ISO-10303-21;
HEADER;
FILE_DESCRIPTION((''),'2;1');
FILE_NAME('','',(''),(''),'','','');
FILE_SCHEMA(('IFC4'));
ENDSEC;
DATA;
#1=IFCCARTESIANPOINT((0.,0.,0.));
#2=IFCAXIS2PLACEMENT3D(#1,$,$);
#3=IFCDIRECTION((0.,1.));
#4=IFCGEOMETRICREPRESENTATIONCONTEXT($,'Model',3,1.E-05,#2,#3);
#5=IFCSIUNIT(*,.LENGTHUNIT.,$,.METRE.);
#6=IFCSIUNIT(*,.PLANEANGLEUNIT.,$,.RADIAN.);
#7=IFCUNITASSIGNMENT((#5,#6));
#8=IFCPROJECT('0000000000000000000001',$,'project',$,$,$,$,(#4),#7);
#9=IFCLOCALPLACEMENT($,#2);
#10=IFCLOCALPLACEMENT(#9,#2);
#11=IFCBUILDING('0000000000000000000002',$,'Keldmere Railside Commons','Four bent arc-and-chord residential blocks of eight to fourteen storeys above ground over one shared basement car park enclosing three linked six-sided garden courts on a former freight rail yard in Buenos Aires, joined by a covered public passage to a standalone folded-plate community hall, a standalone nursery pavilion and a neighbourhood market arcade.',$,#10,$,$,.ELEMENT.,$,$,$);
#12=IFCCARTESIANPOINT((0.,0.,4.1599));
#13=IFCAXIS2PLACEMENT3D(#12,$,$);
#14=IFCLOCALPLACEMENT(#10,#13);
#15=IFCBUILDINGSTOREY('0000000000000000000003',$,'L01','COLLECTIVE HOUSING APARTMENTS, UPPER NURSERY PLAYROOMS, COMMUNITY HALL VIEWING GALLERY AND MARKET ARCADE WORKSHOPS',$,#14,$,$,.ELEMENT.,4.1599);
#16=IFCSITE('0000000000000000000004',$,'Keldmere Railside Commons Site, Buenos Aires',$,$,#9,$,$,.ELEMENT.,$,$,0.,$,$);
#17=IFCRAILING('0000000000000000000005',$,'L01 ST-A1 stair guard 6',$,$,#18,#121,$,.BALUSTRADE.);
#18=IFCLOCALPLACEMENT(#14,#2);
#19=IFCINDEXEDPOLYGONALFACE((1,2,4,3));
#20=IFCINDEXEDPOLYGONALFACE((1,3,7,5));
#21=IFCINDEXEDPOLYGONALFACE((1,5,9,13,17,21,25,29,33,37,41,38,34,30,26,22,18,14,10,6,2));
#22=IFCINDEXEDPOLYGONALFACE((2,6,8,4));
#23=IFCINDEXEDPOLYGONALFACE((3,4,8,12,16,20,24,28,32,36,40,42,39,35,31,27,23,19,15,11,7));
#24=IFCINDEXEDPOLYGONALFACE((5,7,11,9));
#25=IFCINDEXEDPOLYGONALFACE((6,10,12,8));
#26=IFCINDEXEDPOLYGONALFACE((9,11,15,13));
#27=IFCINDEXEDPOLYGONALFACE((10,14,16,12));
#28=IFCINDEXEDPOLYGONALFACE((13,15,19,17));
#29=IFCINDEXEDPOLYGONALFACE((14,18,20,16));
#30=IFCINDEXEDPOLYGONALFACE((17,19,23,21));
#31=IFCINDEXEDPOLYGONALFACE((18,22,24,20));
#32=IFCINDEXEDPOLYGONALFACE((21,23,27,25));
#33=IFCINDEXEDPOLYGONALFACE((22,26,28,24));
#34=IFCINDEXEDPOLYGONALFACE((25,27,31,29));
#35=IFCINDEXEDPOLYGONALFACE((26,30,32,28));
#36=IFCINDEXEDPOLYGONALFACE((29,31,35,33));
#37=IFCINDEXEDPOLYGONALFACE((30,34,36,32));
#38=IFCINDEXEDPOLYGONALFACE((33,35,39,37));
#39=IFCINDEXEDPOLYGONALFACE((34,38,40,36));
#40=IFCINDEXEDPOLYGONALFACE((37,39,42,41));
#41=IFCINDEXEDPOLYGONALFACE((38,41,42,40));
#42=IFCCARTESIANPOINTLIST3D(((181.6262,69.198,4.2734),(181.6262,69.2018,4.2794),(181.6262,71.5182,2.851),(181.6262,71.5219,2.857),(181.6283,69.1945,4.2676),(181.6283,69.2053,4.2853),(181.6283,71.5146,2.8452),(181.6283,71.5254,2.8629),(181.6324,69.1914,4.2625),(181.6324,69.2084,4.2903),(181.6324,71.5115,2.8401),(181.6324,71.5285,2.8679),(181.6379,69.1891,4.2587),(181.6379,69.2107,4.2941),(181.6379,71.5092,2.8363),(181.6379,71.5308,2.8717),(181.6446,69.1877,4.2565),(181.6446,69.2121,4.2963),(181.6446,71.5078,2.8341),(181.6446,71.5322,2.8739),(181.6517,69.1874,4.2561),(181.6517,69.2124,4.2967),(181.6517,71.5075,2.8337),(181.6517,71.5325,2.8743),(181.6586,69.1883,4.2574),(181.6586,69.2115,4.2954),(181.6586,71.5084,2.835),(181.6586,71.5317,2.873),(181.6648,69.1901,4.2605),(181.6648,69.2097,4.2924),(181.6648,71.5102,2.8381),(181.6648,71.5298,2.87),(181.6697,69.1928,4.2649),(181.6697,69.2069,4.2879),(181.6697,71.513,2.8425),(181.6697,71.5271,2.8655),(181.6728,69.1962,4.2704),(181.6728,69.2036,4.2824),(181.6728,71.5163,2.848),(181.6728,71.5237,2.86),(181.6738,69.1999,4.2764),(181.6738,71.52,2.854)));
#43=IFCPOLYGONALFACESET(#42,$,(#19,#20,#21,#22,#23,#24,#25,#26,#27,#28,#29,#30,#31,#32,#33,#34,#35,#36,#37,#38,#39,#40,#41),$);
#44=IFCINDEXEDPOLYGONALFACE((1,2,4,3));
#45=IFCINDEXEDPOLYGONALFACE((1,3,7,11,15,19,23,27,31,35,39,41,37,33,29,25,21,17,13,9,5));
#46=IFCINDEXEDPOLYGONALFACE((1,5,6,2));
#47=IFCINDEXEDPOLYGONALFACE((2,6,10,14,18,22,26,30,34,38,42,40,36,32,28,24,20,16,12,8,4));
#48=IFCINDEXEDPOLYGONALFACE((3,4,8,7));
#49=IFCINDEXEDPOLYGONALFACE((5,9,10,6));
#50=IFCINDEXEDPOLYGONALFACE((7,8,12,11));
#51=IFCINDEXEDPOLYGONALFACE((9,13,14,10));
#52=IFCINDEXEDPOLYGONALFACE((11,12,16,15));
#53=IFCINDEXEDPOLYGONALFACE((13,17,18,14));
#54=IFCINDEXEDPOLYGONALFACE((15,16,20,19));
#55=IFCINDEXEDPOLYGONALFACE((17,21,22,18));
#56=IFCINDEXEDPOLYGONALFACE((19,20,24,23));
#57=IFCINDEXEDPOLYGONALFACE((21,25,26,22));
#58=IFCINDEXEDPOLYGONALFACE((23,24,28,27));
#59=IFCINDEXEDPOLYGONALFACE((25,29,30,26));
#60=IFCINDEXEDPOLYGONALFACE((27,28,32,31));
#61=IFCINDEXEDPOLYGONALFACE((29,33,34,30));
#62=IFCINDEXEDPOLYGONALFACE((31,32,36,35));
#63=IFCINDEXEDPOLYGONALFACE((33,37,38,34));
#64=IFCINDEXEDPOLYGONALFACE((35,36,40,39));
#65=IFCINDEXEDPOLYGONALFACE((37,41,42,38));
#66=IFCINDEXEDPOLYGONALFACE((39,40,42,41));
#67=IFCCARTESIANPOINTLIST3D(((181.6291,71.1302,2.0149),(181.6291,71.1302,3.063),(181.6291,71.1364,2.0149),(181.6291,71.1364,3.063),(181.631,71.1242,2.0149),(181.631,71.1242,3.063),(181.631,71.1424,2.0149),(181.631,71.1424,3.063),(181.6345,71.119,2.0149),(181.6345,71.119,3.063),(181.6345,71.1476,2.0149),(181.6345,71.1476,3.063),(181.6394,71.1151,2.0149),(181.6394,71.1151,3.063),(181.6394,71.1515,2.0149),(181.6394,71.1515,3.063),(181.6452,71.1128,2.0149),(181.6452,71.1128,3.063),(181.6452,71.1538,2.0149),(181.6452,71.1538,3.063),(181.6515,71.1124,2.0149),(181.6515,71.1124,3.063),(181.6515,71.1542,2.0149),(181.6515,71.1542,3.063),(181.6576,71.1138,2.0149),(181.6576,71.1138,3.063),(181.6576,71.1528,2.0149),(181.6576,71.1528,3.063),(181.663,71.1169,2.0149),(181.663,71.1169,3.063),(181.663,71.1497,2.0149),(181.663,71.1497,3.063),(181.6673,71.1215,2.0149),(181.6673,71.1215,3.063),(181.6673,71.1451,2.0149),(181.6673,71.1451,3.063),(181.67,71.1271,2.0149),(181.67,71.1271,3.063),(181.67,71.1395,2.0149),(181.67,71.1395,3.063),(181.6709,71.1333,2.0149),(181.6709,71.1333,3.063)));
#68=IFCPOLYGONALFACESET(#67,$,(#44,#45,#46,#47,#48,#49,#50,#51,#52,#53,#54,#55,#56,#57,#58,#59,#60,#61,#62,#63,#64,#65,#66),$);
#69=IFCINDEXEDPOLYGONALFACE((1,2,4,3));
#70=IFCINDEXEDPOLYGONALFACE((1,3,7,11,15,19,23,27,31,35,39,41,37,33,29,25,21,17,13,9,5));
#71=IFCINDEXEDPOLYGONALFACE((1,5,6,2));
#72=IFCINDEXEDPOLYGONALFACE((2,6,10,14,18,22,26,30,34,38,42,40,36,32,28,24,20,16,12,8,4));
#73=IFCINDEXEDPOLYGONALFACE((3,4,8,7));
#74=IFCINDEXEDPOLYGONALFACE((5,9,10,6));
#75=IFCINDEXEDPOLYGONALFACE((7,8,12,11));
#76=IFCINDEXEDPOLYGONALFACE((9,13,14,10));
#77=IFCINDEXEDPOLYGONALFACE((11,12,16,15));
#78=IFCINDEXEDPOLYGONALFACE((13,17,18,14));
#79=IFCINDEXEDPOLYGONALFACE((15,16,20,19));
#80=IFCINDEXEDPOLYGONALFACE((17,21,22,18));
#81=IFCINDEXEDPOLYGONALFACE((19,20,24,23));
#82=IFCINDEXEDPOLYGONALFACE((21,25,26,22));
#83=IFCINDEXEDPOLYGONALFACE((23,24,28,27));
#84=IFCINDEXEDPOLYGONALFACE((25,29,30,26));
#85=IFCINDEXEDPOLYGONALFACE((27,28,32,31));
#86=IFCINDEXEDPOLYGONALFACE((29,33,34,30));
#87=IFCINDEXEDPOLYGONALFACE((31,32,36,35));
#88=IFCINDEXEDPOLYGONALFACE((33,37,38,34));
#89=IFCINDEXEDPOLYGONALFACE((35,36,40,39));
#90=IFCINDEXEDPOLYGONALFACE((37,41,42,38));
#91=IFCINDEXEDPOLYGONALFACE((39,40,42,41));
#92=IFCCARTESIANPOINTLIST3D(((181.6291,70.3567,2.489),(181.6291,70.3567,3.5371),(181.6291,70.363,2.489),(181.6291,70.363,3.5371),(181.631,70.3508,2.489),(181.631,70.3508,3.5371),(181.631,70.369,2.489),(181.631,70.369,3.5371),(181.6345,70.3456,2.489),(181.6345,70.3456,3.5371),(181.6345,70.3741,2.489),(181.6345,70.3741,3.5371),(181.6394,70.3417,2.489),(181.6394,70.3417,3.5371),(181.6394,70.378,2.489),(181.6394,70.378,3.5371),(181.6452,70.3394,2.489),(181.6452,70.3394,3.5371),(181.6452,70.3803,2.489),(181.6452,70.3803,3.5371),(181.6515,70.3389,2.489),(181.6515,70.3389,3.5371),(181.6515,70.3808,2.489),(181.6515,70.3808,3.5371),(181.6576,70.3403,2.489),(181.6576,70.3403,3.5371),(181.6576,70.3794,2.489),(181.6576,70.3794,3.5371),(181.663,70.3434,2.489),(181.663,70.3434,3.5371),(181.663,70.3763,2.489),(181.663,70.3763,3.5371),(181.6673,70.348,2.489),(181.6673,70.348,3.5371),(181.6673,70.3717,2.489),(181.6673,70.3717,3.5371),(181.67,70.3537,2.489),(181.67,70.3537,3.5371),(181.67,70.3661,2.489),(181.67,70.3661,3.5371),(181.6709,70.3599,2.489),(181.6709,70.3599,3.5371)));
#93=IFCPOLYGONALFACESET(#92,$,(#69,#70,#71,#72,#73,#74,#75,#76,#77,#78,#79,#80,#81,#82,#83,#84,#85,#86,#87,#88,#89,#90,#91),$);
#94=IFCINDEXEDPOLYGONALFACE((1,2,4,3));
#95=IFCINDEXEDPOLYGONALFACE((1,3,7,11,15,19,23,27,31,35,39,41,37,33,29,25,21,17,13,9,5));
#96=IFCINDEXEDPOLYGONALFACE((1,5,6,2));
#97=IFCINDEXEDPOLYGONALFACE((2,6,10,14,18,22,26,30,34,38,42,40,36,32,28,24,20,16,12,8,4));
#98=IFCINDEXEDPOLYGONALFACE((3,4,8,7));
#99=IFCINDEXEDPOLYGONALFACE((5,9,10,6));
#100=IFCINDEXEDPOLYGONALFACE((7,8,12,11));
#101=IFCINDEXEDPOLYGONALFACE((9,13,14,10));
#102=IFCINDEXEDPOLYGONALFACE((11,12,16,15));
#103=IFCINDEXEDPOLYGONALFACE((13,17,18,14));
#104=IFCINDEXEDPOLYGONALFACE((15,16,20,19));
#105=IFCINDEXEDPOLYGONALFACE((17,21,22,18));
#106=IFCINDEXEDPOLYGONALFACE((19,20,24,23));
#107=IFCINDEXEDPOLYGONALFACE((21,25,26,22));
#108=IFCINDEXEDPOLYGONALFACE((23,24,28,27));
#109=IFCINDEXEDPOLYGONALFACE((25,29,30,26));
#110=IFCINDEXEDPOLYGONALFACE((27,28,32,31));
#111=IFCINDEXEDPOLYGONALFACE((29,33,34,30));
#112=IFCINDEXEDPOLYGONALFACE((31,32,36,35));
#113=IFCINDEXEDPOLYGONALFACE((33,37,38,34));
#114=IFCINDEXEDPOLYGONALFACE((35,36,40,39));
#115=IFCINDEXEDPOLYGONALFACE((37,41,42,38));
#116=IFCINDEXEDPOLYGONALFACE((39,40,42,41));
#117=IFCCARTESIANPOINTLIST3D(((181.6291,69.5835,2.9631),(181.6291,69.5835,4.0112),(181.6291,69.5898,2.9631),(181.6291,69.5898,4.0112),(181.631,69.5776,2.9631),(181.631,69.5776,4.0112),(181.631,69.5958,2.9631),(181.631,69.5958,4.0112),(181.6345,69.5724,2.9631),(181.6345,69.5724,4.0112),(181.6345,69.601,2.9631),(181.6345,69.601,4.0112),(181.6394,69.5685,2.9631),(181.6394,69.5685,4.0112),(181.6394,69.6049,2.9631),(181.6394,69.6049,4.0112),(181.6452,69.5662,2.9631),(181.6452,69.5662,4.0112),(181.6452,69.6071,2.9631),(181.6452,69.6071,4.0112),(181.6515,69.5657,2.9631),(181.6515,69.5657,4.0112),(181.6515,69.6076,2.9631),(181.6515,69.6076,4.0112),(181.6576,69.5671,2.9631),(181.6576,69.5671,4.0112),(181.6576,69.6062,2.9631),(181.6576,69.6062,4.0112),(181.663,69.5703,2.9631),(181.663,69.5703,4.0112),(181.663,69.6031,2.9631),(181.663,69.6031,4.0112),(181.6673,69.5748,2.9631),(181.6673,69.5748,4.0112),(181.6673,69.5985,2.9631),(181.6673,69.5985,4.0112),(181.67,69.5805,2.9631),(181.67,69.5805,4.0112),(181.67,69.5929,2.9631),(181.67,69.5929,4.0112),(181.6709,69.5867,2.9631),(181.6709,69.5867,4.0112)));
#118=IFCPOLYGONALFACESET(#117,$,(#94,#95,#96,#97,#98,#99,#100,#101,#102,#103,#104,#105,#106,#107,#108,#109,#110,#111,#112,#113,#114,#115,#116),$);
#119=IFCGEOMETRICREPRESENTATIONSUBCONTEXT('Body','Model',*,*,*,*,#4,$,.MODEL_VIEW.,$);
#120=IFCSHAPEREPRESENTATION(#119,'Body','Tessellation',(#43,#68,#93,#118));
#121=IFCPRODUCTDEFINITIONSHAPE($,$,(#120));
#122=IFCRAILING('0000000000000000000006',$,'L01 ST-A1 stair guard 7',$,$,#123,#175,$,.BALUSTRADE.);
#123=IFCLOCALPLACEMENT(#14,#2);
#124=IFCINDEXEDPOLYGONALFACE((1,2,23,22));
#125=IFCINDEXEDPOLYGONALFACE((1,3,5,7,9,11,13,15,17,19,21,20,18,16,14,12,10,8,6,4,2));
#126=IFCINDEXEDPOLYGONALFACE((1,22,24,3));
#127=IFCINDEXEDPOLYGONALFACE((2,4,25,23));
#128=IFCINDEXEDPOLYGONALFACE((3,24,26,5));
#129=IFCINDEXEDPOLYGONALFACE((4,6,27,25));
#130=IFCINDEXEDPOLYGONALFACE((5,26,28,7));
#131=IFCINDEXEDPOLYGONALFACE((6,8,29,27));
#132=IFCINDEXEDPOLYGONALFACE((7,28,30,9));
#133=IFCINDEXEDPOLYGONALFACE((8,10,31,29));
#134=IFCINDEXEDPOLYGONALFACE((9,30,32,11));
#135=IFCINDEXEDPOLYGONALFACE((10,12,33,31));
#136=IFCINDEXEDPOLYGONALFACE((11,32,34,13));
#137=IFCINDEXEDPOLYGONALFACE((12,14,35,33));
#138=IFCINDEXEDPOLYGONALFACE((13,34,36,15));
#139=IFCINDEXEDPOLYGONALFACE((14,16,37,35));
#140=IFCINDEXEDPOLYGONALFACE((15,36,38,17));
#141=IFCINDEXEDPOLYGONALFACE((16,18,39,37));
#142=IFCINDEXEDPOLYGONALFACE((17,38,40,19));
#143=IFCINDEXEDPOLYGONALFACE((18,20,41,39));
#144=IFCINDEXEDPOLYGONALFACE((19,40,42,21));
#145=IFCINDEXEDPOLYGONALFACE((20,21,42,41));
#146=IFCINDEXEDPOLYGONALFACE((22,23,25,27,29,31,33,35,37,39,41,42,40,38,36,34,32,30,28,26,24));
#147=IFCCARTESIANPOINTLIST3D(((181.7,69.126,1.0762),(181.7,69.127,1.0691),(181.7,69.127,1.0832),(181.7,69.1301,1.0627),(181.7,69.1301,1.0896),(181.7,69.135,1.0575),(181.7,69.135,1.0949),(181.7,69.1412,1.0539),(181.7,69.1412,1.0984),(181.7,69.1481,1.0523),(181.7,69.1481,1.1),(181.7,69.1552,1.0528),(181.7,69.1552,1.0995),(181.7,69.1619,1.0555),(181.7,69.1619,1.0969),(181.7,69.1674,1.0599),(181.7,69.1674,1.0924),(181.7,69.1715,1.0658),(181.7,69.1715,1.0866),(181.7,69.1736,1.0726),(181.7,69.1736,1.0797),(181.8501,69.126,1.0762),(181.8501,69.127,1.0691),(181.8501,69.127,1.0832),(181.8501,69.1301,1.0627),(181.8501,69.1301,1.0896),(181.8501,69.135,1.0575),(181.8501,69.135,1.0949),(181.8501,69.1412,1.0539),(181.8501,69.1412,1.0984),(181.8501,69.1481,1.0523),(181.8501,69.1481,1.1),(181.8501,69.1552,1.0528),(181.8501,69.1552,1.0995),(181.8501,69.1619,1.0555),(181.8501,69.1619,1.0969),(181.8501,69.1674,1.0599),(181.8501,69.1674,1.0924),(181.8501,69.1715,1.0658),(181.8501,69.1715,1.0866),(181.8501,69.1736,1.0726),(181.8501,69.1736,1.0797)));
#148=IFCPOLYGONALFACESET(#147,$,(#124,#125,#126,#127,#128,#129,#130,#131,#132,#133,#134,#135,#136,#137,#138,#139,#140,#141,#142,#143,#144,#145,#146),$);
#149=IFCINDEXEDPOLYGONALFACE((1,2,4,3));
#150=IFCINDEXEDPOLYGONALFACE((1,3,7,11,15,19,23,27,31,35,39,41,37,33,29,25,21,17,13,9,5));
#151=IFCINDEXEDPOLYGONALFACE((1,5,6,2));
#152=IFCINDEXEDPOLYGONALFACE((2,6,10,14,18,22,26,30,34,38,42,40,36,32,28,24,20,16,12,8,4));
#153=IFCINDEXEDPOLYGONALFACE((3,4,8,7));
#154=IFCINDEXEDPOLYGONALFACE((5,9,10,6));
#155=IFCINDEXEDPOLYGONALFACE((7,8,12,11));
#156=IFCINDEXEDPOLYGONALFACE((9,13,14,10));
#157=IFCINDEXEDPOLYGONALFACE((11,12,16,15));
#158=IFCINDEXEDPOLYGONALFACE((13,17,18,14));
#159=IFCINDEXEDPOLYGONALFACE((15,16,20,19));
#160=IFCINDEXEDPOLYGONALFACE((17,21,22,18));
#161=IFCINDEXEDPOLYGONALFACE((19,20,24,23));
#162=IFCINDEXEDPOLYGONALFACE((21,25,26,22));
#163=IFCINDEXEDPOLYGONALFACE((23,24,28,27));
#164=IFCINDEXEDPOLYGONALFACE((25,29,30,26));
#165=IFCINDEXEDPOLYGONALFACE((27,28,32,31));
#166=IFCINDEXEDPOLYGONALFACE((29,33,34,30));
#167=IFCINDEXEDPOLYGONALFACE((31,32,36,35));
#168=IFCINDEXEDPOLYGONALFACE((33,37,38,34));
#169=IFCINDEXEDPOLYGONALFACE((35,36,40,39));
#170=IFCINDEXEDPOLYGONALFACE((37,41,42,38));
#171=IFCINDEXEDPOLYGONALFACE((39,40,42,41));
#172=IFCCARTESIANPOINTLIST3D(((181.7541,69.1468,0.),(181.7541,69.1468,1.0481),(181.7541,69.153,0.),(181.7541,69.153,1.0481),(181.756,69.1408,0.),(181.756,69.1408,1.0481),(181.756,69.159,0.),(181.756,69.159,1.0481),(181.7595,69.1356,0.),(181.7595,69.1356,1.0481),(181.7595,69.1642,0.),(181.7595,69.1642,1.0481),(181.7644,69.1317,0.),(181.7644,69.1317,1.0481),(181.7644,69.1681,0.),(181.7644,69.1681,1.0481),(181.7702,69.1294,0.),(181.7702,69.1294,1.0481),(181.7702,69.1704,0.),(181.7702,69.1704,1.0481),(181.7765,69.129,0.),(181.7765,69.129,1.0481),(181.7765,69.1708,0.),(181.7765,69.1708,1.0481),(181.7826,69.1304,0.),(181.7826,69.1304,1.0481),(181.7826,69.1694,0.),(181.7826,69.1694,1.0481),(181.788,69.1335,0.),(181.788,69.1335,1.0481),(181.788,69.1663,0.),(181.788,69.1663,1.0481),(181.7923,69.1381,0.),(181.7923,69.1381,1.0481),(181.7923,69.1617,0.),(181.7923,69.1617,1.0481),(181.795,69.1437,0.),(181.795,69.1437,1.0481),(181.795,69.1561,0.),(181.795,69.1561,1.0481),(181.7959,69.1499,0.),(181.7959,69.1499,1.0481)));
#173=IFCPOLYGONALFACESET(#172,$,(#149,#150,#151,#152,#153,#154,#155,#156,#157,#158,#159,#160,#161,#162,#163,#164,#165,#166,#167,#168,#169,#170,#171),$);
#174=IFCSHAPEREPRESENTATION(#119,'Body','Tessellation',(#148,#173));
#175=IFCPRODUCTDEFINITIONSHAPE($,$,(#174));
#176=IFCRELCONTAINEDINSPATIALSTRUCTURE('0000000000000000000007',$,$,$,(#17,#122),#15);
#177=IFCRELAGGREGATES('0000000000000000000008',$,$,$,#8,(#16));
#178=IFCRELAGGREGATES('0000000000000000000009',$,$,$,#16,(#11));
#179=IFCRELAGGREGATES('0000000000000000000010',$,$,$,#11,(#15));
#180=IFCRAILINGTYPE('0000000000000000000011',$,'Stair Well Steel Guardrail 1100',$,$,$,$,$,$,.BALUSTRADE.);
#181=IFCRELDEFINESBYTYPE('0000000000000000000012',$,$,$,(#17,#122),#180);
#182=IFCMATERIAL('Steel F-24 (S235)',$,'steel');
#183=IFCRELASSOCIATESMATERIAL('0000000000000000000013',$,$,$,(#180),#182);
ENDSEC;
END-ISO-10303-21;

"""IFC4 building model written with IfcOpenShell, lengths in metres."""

from ifc_helpers import new_model, si_unit, direction, frame, origin, origin_2d, place, context, subcontext, project, spatial, circle, extrude, material, type_object, element, save


model = new_model("IFC4")

# Units and contexts
model_context = context("Model", 3, precision=1e-05, world=origin(), true_north=direction((0.0, 1.0)))
body_context = subcontext(model_context, "Body", "Model", "MODEL_VIEW")
ifc_project = project(units=[si_unit("LENGTHUNIT", "METRE"), si_unit("PLANEANGLEUNIT", "RADIAN")], contexts=[model_context])

# Site, building, storey
site_placement = place(None, origin())
site = spatial("IfcSite", under=ifc_project, at=site_placement, Name="Keldmere Railside Commons Site, Buenos Aires", CompositionType="ELEMENT", RefElevation=0.0)
building_placement = place(site_placement, origin())
building = spatial("IfcBuilding", under=site, at=building_placement, Name="Keldmere Railside Commons", Description="Four bent arc-and-chord residential blocks of eight to fourteen storeys above ground over one shared basement car park enclosing three linked six-sided garden courts on a former freight rail yard in Buenos Aires, joined by a covered public passage to a standalone folded-plate community hall, a standalone nursery pavilion and a neighbourhood market arcade.", CompositionType="ELEMENT")
storey_placement = place(building_placement, frame((0.0, 0.0, 4.1599)))
storey = spatial("IfcBuildingStorey", under=building, at=storey_placement, Name="L01", Description="COLLECTIVE HOUSING APARTMENTS, UPPER NURSERY PLAYROOMS, COMMUNITY HALL VIEWING GALLERY AND MARKET ARCADE WORKSHOPS", CompositionType="ELEMENT", Elevation=4.1599)

# Railings
ifc_material_1 = material(Name="Steel F-24 (S235)", Category="steel")
railing_type_1 = type_object("IfcRailingType", Name="Stair Well Steel Guardrail 1100", PredefinedType="BALUSTRADE", material=ifc_material_1)
railing_1_placement = place(storey_placement, frame((181.6499, 71.52, 1.7778)))
element("IfcRailing", 1, at=railing_1_placement, inside=storey, type_object=railing_type_1, Name="L01 ST-A1 stair guard 6", PredefinedType="BALUSTRADE", context=body_context, shape_type="SweptSolid", body=[
    extrude(circle(Radius=0.0239, at=origin_2d()), frame((0.0, 0.0, 1.0762), z_axis=(0.0, -0.852538, 0.522665), x_axis=(1.0, 0.0, 0.0)), (0.0, 0.0, 1.0), 2.7214),
    extrude(circle(Radius=0.021, at=origin_2d()), frame((0.0, -0.3867, 0.2371)), (0.0, 0.0, 1.0), 1.0481),
    extrude(circle(Radius=0.021, at=origin_2d()), frame((0.0, -1.1602, 0.7112)), (0.0, 0.0, 1.0), 1.0481),
    extrude(circle(Radius=0.021, at=origin_2d()), frame((0.0, -1.9333, 1.1853)), (0.0, 0.0, 1.0), 1.0481),
])
railing_2_placement = place(storey_placement, frame((181.8501, 69.1499, 0.0)))
element("IfcRailing", 2, at=railing_2_placement, inside=storey, type_object=railing_type_1, Name="L01 ST-A1 stair guard 7", PredefinedType="BALUSTRADE", context=body_context, shape_type="SweptSolid", body=[
    extrude(circle(Radius=0.0239, at=origin_2d()), frame((0.0, 0.0, 1.0762), z_axis=(-1.0, 0.0, 0.0), x_axis=(0.0, -1.0, 0.0)), (0.0, 0.0, 1.0), 0.1501),
    extrude(circle(Radius=0.021, at=origin_2d()), frame((-0.0752, 0.0, 0.0)), (0.0, 0.0, 1.0), 1.0481),
])

save(model, "model.ifc")
